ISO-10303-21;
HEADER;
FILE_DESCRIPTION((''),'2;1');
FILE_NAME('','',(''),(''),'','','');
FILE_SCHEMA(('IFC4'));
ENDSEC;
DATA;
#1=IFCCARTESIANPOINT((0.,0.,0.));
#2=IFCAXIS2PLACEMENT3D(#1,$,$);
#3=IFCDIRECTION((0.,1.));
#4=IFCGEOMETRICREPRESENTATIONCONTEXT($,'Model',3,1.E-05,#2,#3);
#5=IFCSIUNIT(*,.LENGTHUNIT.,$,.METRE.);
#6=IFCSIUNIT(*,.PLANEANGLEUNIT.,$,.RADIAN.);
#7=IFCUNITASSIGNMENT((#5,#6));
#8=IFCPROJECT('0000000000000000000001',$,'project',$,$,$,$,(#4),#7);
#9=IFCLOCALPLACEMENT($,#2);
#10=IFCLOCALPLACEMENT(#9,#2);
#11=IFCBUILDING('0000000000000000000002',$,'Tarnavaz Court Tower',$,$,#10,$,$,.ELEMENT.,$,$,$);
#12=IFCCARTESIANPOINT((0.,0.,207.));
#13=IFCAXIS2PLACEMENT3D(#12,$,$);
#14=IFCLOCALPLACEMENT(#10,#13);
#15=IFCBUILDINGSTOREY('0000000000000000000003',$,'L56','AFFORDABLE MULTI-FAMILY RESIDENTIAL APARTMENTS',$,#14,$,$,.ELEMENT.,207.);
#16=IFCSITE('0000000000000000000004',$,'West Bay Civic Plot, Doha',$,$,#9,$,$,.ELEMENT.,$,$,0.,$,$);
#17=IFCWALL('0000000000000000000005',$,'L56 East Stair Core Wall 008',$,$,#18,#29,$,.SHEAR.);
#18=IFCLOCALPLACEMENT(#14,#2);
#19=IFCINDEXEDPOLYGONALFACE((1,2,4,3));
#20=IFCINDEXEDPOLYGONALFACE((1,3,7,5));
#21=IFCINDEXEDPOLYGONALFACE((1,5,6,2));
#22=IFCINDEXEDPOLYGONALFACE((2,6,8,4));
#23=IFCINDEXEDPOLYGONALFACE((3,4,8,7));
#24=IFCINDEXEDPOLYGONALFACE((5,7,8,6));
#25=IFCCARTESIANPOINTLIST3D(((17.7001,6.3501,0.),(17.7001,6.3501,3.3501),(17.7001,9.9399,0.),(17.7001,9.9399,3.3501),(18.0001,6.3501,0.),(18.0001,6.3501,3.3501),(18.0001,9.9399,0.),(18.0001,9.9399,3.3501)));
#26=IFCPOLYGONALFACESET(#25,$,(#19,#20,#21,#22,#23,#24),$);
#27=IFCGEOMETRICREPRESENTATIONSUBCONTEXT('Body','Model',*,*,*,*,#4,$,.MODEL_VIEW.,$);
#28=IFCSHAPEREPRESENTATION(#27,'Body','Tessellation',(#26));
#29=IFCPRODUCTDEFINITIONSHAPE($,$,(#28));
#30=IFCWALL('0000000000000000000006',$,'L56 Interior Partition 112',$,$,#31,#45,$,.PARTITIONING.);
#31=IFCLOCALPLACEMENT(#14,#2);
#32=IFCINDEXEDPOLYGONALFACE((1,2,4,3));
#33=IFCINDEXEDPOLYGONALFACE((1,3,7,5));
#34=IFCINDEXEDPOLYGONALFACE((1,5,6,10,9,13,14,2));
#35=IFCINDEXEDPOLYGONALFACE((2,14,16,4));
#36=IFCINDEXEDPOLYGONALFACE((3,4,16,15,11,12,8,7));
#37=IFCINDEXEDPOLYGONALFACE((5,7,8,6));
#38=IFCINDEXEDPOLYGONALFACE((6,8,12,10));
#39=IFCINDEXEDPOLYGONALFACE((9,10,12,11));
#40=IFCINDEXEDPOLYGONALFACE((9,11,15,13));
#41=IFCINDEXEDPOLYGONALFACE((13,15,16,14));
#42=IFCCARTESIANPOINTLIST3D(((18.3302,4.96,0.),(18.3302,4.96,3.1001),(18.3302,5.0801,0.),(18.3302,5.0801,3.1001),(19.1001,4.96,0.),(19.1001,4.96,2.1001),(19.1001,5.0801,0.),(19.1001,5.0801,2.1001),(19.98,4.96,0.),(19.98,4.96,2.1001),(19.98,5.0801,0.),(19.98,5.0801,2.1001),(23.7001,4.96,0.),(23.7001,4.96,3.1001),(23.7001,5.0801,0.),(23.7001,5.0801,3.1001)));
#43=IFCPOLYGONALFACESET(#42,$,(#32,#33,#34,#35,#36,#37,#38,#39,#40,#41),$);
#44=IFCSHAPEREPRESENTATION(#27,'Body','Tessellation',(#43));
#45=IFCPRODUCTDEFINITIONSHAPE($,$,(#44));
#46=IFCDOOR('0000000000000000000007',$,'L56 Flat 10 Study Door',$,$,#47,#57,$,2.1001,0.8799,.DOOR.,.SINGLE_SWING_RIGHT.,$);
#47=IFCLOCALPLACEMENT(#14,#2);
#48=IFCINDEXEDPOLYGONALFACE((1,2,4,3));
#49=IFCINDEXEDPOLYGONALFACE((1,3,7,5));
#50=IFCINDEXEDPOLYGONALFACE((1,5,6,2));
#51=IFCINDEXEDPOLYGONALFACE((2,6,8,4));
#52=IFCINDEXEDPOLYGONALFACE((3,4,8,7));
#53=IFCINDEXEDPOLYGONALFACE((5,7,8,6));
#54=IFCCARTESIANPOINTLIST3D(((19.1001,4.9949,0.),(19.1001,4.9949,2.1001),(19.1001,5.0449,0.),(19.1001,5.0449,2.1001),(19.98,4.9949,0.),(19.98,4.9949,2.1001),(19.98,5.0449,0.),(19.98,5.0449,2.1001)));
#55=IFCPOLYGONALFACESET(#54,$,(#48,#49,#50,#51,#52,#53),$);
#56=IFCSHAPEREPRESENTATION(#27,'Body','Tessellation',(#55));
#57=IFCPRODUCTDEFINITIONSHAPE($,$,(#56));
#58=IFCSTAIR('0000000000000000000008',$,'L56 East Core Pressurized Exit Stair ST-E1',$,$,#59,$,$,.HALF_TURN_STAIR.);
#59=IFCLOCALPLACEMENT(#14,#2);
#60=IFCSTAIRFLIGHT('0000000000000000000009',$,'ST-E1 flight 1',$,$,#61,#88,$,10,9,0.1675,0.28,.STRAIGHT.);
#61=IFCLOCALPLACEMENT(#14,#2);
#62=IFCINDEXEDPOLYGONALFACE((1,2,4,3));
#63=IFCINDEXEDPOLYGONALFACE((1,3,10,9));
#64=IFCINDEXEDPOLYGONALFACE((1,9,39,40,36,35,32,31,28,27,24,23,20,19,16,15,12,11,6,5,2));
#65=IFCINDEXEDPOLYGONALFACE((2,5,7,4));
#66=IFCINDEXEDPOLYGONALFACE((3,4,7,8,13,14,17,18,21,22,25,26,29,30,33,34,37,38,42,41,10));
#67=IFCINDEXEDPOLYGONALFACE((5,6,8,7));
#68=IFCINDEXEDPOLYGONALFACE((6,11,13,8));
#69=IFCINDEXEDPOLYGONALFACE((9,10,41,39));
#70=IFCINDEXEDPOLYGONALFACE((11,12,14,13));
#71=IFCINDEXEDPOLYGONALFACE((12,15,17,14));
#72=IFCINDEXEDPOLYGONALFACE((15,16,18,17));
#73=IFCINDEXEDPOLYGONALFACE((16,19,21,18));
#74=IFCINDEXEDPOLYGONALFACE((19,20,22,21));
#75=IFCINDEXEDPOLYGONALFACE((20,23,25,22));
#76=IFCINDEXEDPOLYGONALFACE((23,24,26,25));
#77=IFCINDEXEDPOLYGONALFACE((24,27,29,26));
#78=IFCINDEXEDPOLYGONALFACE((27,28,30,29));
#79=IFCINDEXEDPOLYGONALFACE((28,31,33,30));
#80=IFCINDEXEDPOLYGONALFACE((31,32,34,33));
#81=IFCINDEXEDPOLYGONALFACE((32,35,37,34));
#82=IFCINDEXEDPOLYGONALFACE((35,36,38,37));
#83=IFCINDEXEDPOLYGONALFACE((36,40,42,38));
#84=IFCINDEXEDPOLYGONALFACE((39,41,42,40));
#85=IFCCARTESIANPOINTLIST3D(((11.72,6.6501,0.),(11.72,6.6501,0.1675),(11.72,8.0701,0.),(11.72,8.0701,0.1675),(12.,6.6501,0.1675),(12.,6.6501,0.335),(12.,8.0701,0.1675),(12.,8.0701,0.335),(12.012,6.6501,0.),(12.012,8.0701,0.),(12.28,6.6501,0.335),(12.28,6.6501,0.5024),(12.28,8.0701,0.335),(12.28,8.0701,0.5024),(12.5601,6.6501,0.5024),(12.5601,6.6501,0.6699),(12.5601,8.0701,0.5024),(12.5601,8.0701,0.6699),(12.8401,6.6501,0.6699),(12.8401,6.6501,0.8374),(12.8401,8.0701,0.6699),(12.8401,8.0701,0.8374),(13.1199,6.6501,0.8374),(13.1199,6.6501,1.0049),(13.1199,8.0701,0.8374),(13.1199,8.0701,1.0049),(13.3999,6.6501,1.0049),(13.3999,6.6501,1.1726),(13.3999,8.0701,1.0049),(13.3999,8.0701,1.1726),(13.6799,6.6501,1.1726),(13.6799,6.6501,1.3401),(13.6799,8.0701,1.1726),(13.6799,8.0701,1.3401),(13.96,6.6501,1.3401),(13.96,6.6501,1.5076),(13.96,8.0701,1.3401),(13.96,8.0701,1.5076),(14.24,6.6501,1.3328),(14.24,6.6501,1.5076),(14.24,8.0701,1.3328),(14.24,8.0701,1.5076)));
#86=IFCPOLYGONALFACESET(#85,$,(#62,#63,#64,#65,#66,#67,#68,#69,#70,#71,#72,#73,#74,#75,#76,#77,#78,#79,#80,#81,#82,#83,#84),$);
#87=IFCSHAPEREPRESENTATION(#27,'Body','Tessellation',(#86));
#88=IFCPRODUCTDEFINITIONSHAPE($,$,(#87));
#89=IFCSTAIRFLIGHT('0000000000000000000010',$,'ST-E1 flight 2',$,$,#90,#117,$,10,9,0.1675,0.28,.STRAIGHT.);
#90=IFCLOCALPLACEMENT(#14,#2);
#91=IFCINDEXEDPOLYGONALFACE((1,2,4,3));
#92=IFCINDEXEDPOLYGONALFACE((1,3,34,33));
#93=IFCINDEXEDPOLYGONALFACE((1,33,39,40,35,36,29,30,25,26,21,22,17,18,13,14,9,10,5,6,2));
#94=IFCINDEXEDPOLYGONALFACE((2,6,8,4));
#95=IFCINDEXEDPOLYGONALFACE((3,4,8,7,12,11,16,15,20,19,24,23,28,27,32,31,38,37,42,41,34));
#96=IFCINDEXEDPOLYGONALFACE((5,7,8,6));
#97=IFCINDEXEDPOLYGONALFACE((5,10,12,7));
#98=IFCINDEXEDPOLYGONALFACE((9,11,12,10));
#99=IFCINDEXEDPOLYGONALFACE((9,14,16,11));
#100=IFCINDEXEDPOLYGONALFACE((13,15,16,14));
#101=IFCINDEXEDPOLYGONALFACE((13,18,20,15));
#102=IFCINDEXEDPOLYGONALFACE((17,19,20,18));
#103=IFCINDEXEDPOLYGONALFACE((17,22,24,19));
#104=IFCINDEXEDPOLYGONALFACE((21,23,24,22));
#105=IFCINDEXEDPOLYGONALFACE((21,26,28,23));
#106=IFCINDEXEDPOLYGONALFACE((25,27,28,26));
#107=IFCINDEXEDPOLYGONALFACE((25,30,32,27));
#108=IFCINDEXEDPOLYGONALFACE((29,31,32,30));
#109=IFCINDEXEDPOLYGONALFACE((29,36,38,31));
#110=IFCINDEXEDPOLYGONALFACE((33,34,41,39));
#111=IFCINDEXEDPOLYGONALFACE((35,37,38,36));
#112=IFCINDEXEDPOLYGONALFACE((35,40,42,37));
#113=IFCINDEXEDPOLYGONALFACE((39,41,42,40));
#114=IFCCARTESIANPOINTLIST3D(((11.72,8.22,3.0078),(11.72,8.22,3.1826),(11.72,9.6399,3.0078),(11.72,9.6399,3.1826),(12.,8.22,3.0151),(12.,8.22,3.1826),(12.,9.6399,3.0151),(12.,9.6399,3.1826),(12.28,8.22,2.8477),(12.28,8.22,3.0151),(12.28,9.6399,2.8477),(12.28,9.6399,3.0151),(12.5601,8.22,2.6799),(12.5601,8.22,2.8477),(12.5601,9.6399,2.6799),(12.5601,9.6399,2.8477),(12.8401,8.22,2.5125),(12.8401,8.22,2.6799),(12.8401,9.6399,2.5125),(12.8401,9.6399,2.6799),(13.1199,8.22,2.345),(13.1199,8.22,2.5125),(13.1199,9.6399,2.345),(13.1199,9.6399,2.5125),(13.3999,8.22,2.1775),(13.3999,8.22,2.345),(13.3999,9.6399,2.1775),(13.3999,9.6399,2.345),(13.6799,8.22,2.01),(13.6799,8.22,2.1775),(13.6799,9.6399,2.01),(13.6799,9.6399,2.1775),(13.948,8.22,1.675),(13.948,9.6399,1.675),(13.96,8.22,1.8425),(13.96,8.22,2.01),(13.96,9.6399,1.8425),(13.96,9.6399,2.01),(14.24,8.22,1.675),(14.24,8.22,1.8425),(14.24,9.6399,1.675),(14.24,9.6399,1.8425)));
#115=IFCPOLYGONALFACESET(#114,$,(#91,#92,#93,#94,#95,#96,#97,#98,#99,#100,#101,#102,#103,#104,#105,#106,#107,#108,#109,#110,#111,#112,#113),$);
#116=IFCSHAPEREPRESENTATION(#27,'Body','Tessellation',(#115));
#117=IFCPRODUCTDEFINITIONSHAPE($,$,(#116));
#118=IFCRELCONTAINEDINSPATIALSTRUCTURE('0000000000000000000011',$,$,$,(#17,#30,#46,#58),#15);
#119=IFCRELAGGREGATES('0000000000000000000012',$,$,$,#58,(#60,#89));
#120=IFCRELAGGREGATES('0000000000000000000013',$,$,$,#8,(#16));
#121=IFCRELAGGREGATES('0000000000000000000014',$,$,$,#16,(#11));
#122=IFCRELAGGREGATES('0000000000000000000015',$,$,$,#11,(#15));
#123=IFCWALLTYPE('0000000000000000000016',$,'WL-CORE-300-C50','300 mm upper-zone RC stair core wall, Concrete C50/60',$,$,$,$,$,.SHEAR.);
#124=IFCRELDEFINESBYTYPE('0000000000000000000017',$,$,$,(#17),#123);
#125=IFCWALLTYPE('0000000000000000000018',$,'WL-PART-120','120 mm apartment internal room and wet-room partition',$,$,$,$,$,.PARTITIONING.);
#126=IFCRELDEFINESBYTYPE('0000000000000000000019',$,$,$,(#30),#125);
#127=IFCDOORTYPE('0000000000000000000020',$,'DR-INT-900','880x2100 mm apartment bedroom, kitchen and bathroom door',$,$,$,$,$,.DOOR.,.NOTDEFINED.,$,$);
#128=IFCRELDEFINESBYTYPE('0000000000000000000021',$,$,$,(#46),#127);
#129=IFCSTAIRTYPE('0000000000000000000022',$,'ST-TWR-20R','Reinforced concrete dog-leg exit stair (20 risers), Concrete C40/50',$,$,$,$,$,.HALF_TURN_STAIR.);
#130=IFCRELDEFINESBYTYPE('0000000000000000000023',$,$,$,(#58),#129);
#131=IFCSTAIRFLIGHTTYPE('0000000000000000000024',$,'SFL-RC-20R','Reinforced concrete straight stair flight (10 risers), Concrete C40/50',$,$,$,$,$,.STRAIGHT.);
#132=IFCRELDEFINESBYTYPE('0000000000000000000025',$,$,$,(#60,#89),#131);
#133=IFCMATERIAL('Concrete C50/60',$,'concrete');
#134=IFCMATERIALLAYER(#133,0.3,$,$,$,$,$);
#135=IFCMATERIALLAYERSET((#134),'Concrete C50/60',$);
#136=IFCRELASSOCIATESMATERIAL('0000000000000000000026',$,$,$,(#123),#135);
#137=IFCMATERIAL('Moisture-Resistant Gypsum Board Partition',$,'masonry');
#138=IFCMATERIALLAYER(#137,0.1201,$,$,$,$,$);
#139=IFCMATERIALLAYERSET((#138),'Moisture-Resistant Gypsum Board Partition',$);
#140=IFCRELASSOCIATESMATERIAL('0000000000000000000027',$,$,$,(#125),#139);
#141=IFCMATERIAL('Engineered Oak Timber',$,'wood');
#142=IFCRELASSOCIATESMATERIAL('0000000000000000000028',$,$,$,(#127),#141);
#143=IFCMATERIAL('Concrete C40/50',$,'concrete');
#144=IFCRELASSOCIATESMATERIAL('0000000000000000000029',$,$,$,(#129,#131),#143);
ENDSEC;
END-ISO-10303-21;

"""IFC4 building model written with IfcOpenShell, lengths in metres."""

from ifc_helpers import new_model, si_unit, direction, frame, frame_2d, origin, place, context, subcontext, project, spatial, polyline, rectangle, outline, extrude, material, layer, layer_set, type_object, element, fill, aggregate, save


model = new_model("IFC4")

# Units and contexts
model_context = context("Model", 3, precision=1e-05, world=origin(), true_north=direction((0.0, 1.0)))
body_context = subcontext(model_context, "Body", "Model", "MODEL_VIEW")
ifc_project = project(units=[si_unit("LENGTHUNIT", "METRE"), si_unit("PLANEANGLEUNIT", "RADIAN")], contexts=[model_context])

# Site, building, storey
site_placement = place(None, origin())
site = spatial("IfcSite", under=ifc_project, at=site_placement, Name="West Bay Civic Plot, Doha", CompositionType="ELEMENT", RefElevation=0.0)
building_placement = place(site_placement, origin())
building = spatial("IfcBuilding", under=site, at=building_placement, Name="Tarnavaz Court Tower", CompositionType="ELEMENT")
storey_placement = place(building_placement, frame((0.0, 0.0, 207.0)))
storey = spatial("IfcBuildingStorey", under=building, at=storey_placement, Name="L56", Description="AFFORDABLE MULTI-FAMILY RESIDENTIAL APARTMENTS", CompositionType="ELEMENT", Elevation=207.0)

# Shared definitions
ifc_material_1 = material(Name="Concrete C50/60", Category="concrete")

# Shared definitions
ifc_layer_1 = layer(ifc_material_1, 0.3)
ifc_layer_set_1 = layer_set([ifc_layer_1], Name="Concrete C50/60")
wall_type_1 = type_object("IfcWallType", Name="WL-CORE-300-C50", Description="300 mm upper-zone RC stair core wall, Concrete C50/60", PredefinedType="SHEAR", material=ifc_layer_set_1)

# Wall
for number, where, z_axis, x_axis, name in (
    (1, (17.8501, 6.3501, 0.0), (0.0, 0.0, 1.0), (0.0, 1.0, 0.0), "L56 East Stair Core Wall 008"),
):
    element("IfcWall", number, at=place(storey_placement, frame(where, z_axis=z_axis, x_axis=x_axis)), inside=storey, type_object=wall_type_1, Name=name, PredefinedType="SHEAR", context=body_context, shape_type="SweptSolid", body=[
        extrude(rectangle(XDim=3.5898, YDim=0.3, at=frame_2d((1.7949, 0.0))), origin(), (0.0, 0.0, 1.0), 3.3501),
    ])

# Wall, opening, door
ifc_material_2 = material(Name="Moisture-Resistant Gypsum Board Partition", Category="masonry")
ifc_layer_2 = layer(ifc_material_2, 0.1201)
ifc_layer_set_2 = layer_set([ifc_layer_2], Name="Moisture-Resistant Gypsum Board Partition")
wall_type_2 = type_object("IfcWallType", Name="WL-PART-120", Description="120 mm apartment internal room and wet-room partition", PredefinedType="PARTITIONING", material=ifc_layer_set_2)
wall_1_placement = place(storey_placement, frame((18.3301, 5.02, 0.0), z_axis=(0.0, 0.0, 1.0), x_axis=(1.0, 0.0, 0.0)))
wall_1 = element("IfcWall", 2, at=wall_1_placement, inside=storey, type_object=wall_type_2, Name="L56 Interior Partition 112", PredefinedType="PARTITIONING", context=body_context, shape_type="SweptSolid", body=[
    extrude(rectangle(XDim=5.3699, YDim=0.1201, at=frame_2d((2.6851, 0.0))), origin(), (0.0, 0.0, 1.0), 3.1001),
])
opening_1_placement = place(wall_1_placement, frame((0.77, 0.0, 0.0)))
opening_1 = element("IfcOpeningElement", 3, at=opening_1_placement, cuts=wall_1, PredefinedType="OPENING", context=body_context, shape_type="SweptSolid", body=[
    extrude(rectangle(XDim=0.8799, YDim=2.1001, at=frame_2d((0.4399, 1.05))), frame((0.0, 0.0701, 0.0), z_axis=(0.0, -1.0, 0.0), x_axis=(1.0, 0.0, 0.0)), (0.0, 0.0, 1.0), 0.1401),
])
ifc_material_3 = material(Name="Engineered Oak Timber", Category="wood")
door_type_1 = type_object("IfcDoorType", Name="DR-INT-900", Description="880x2100 mm apartment bedroom, kitchen and bathroom door", OperationType="NOTDEFINED", PredefinedType="DOOR", material=ifc_material_3)
door_1_placement = place(opening_1_placement, origin())
door_1 = element("IfcDoor", 4, at=door_1_placement, inside=storey, type_object=door_type_1, Name="L56 Flat 10 Study Door", OperationType="SINGLE_SWING_RIGHT", OverallHeight=2.1001, OverallWidth=0.8799, PredefinedType="DOOR", context=body_context, shape_type="SweptSolid", body=[
    extrude(rectangle(XDim=0.8799, YDim=2.1001, at=frame_2d((0.4399, 1.05))), frame((0.0, 0.0249, 0.0), z_axis=(0.0, -1.0, 0.0), x_axis=(1.0, 0.0, 0.0)), (0.0, 0.0, 1.0), 0.05),
])
fill(opening_1, door_1)

# Stair, stair flights
ifc_material_4 = material(Name="Concrete C40/50", Category="concrete")
stair_type = type_object("IfcStairType", Name="ST-TWR-20R", Description="Reinforced concrete dog-leg exit stair (20 risers), Concrete C40/50", PredefinedType="HALF_TURN_STAIR", material=ifc_material_4)
stair_placement = place(storey_placement, origin())
stair = element("IfcStair", 5, at=stair_placement, inside=storey, type_object=stair_type, Name="L56 East Core Pressurized Exit Stair ST-E1", PredefinedType="HALF_TURN_STAIR")
stair_flight_type = type_object("IfcStairFlightType", Name="SFL-RC-20R", Description="Reinforced concrete straight stair flight (10 risers), Concrete C40/50", PredefinedType="STRAIGHT", material=ifc_material_4)
stair_flight_1_placement = place(storey_placement, frame((11.72, 7.3601, 0.0), z_axis=(0.0, 0.0, 1.0), x_axis=(1.0, 0.0, 0.0)))
stair_flight_1 = element("IfcStairFlight", 6, at=stair_flight_1_placement, type_object=stair_flight_type, Name="ST-E1 flight 1", NumberOfRisers=10, NumberOfTreads=9, PredefinedType="STRAIGHT", RiserHeight=0.1675, TreadLength=0.28, context=body_context, shape_type="SweptSolid", body=[
    extrude(outline(polyline([(0.0, 0.0), (0.0, 0.1675), (0.28, 0.1675), (0.28, 0.335), (0.5601, 0.335), (0.5601, 0.5024), (0.8401, 0.5024), (0.8401, 0.6699), (1.1201, 0.6699), (1.1201, 0.8374), (1.3999, 0.8374), (1.3999, 1.0049), (1.6799, 1.0049), (1.6799, 1.1726), (1.96, 1.1726), (1.96, 1.3401), (2.24, 1.3401), (2.24, 1.5076), (2.52, 1.5076), (2.52, 1.675), (2.52, 1.3328), (0.292, 0.0), (0.0, 0.0)])), frame((0.0, 0.71, 0.0), z_axis=(0.0, -1.0, 0.0), x_axis=(1.0, 0.0, 0.0)), (0.0, 0.0, 1.0), 1.4199),
])
stair_flight_2_placement = place(storey_placement, frame((14.24, 8.9299, 1.675), z_axis=(0.0, 0.0, 1.0), x_axis=(-1.0, 0.0, 0.0)))
stair_flight_2 = element("IfcStairFlight", 7, at=stair_flight_2_placement, type_object=stair_flight_type, Name="ST-E1 flight 2", NumberOfRisers=10, NumberOfTreads=9, PredefinedType="STRAIGHT", RiserHeight=0.1675, TreadLength=0.28, context=body_context, shape_type="SweptSolid", body=[
    extrude(outline(polyline([(0.0, 0.0), (0.0, 0.1675), (0.28, 0.1675), (0.28, 0.335), (0.5601, 0.335), (0.5601, 0.5024), (0.8401, 0.5024), (0.8401, 0.6699), (1.1201, 0.6699), (1.1201, 0.8374), (1.3999, 0.8374), (1.3999, 1.0049), (1.6799, 1.0049), (1.6799, 1.1726), (1.96, 1.1726), (1.96, 1.3401), (2.24, 1.3401), (2.24, 1.5076), (2.52, 1.5076), (2.52, 1.675), (2.52, 1.3328), (0.292, 0.0), (0.0, 0.0)])), frame((0.0, 0.71, 0.0), z_axis=(0.0, -1.0, 0.0), x_axis=(1.0, 0.0, 0.0)), (0.0, 0.0, 1.0), 1.4199),
])
aggregate(stair, [stair_flight_1, stair_flight_2])

save(model, "model.ifc")
